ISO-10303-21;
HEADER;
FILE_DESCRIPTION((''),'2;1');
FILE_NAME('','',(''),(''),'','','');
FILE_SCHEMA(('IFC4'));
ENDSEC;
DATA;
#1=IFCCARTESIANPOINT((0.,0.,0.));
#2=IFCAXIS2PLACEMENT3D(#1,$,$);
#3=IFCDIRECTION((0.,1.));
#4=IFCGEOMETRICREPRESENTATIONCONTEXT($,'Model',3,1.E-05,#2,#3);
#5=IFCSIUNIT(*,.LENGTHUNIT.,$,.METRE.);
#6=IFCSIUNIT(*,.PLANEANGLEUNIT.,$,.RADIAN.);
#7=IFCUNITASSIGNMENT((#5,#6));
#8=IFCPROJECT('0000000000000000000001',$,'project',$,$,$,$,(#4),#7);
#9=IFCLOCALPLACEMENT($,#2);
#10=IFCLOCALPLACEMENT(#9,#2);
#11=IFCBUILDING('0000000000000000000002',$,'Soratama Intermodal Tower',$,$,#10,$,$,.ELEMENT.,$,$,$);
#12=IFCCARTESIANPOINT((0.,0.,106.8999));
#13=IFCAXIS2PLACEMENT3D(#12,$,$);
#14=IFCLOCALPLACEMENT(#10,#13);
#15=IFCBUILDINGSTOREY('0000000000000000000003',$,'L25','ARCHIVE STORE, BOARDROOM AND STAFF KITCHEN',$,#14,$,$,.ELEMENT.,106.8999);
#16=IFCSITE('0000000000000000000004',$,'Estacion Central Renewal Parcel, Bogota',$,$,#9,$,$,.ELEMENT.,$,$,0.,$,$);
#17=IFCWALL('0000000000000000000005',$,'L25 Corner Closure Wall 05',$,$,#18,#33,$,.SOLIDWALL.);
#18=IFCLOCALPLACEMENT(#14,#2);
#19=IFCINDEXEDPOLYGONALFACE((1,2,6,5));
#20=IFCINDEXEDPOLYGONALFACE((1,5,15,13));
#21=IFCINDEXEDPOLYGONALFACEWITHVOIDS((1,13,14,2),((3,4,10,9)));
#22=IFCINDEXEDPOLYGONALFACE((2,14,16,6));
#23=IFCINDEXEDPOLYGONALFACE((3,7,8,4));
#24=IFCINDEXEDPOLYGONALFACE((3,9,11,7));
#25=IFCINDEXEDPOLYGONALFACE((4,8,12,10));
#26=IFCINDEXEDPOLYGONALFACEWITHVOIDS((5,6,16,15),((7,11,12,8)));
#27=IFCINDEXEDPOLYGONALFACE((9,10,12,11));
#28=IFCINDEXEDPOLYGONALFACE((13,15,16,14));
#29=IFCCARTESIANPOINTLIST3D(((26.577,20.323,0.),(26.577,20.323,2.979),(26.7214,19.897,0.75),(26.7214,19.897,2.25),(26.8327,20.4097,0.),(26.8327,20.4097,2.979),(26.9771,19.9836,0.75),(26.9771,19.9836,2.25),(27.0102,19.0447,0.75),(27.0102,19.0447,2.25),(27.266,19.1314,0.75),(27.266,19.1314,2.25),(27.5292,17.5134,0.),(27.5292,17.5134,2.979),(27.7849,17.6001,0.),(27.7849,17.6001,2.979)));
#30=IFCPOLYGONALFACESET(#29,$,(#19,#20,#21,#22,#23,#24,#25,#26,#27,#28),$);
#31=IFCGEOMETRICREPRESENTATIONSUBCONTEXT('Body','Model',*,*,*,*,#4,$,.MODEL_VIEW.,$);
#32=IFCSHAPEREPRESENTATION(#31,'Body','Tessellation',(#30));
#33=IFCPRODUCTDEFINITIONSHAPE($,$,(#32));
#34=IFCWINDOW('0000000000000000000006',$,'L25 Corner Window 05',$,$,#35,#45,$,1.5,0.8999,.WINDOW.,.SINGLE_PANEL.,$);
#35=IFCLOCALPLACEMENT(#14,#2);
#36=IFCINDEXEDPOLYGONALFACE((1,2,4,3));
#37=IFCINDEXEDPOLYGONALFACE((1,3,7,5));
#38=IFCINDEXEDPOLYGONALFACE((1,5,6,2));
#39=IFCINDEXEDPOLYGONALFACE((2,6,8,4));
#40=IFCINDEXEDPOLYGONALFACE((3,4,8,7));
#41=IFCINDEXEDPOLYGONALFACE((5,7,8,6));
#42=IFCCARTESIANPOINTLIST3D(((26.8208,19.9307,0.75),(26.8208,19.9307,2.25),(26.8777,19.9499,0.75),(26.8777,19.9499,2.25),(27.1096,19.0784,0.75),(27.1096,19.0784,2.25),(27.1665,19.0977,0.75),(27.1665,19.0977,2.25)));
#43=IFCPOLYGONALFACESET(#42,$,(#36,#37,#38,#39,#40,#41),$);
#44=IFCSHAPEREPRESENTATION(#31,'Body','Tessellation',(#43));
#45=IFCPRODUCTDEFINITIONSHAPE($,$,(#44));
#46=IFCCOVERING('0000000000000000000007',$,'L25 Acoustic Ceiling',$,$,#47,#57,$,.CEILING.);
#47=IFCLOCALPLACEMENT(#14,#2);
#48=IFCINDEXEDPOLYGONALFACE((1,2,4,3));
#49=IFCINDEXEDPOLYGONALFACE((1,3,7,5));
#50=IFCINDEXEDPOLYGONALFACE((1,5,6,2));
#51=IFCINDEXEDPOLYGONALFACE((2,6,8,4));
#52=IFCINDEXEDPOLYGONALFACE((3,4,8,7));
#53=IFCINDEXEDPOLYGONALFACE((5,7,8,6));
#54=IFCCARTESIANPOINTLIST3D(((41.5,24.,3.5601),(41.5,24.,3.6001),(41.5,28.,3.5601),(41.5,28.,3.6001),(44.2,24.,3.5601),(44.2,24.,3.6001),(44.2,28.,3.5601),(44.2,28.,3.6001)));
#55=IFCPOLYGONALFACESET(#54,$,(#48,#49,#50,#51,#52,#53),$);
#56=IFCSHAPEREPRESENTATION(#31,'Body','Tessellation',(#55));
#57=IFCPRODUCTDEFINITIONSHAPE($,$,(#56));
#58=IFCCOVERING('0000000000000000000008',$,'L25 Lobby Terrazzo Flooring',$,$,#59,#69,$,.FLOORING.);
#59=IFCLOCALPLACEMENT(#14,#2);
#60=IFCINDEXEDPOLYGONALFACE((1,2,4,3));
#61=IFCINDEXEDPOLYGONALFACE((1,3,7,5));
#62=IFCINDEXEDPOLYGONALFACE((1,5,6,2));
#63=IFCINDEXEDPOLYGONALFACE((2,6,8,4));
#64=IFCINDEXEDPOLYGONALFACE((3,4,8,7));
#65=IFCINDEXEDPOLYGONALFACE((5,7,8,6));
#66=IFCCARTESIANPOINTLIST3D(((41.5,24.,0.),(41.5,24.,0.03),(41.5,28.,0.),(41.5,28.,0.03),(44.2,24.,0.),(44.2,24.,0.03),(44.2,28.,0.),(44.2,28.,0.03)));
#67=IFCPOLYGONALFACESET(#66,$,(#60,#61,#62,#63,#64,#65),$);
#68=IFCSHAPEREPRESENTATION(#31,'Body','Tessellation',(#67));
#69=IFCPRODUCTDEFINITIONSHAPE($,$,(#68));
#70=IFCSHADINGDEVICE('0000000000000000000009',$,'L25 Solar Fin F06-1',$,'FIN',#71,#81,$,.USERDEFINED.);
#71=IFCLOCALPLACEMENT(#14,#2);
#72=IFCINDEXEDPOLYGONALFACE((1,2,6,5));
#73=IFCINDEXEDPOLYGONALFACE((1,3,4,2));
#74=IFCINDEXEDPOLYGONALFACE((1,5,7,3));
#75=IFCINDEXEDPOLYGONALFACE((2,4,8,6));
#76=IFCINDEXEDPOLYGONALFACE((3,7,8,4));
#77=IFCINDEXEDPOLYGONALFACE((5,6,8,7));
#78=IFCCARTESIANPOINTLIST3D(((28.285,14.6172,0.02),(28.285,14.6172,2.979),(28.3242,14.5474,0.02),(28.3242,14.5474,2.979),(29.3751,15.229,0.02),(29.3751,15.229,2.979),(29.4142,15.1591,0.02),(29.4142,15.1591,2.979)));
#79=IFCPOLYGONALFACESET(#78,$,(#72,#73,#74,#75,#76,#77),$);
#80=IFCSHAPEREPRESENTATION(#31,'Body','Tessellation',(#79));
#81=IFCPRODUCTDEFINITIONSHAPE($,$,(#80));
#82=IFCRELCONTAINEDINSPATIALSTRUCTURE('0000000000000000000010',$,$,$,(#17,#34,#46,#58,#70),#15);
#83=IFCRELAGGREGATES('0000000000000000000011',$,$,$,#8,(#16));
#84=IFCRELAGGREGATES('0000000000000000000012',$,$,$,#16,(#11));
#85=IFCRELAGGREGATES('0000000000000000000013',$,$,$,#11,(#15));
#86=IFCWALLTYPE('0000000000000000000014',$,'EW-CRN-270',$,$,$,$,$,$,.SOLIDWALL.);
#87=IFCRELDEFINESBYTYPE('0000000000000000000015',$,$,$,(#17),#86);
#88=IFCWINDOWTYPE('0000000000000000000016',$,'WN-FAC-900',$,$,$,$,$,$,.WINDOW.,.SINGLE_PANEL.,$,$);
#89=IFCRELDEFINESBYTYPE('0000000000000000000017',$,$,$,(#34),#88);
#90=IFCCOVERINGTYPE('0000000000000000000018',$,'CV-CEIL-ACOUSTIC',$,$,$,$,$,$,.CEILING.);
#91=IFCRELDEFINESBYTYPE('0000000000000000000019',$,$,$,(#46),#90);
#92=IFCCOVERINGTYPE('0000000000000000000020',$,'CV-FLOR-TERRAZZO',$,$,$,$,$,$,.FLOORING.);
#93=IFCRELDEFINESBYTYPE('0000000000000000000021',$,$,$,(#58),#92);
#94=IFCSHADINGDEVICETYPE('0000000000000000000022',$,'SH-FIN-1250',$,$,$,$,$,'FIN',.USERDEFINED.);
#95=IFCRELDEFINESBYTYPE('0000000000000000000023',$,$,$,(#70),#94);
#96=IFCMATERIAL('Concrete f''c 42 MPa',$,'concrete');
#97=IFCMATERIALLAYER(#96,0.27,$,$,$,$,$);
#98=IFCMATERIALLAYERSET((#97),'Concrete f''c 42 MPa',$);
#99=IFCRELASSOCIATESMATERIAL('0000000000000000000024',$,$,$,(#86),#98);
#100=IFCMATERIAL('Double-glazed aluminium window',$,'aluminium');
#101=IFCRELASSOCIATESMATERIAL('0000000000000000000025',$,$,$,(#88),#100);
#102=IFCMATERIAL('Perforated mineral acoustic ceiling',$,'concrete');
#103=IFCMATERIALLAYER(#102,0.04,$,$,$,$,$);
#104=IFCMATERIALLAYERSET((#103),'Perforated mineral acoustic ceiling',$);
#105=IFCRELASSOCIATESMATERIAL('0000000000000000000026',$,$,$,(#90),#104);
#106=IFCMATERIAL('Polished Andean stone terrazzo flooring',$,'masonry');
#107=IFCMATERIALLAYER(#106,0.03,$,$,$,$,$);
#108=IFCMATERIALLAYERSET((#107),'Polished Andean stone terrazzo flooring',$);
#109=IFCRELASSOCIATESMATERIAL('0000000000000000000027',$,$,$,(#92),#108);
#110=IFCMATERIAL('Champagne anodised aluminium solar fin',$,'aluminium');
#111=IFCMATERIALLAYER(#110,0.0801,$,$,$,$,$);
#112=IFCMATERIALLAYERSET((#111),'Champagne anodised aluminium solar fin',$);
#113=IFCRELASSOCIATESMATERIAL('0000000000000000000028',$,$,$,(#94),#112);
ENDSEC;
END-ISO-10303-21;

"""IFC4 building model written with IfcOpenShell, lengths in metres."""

from ifc_helpers import new_model, si_unit, direction, frame, frame_2d, origin, origin_2d, place, context, subcontext, project, spatial, polyline, rectangle, outline, extrude, material, layer, layer_set, type_object, element, fill, save


model = new_model("IFC4")

# Units and contexts
model_context = context("Model", 3, precision=1e-05, world=origin(), true_north=direction((0.0, 1.0)))
body_context = subcontext(model_context, "Body", "Model", "MODEL_VIEW")
ifc_project = project(units=[si_unit("LENGTHUNIT", "METRE"), si_unit("PLANEANGLEUNIT", "RADIAN")], contexts=[model_context])

# Site, building, storey
site_placement = place(None, origin())
site = spatial("IfcSite", under=ifc_project, at=site_placement, Name="Estacion Central Renewal Parcel, Bogota", CompositionType="ELEMENT", RefElevation=0.0)
building_placement = place(site_placement, origin())
building = spatial("IfcBuilding", under=site, at=building_placement, Name="Soratama Intermodal Tower", CompositionType="ELEMENT")
storey_placement = place(building_placement, frame((0.0, 0.0, 106.8999)))
storey = spatial("IfcBuildingStorey", under=building, at=storey_placement, Name="L25", Description="ARCHIVE STORE, BOARDROOM AND STAFF KITCHEN", CompositionType="ELEMENT", Elevation=106.8999)

# Wall, opening, window
ifc_material_1 = material(Name="Concrete f'c 42 MPa", Category="concrete")
ifc_layer_1 = layer(ifc_material_1, 0.27)
ifc_layer_set_1 = layer_set([ifc_layer_1], Name="Concrete f'c 42 MPa")
wall_type = type_object("IfcWallType", Name="EW-CRN-270", PredefinedType="SOLIDWALL", material=ifc_layer_set_1)
wall_placement = place(storey_placement, frame((26.7048, 20.3665, 0.0), z_axis=(0.0, 0.0, 1.0), x_axis=(0.320964, -0.947091, 0.0)))
wall = element("IfcWall", 1, at=wall_placement, inside=storey, type_object=wall_type, Name="L25 Corner Closure Wall 05", PredefinedType="SOLIDWALL", context=body_context, shape_type="SweptSolid", body=[
    extrude(rectangle(XDim=2.9666, YDim=0.27, at=frame_2d((1.4834, 0.0))), origin(), (0.0, 0.0, 1.0), 2.979),
])
opening_placement = place(wall_placement, frame((0.45, 0.0, 0.75)))
opening = element("IfcOpeningElement", 2, at=opening_placement, cuts=wall, PredefinedType="OPENING", context=body_context, shape_type="SweptSolid", body=[
    extrude(rectangle(XDim=0.8999, YDim=1.5, at=frame_2d((0.45, 0.75))), frame((0.0, 0.145, 0.0), z_axis=(0.0, -1.0, 0.0), x_axis=(1.0, 0.0, 0.0)), (0.0, 0.0, 1.0), 0.29),
])
ifc_material_2 = material(Name="Double-glazed aluminium window", Category="aluminium")
window_type = type_object("IfcWindowType", Name="WN-FAC-900", PartitioningType="SINGLE_PANEL", PredefinedType="WINDOW", material=ifc_material_2)
window_placement = place(opening_placement, origin())
window = element("IfcWindow", 3, at=window_placement, inside=storey, type_object=window_type, Name="L25 Corner Window 05", OverallHeight=1.5, OverallWidth=0.8999, PartitioningType="SINGLE_PANEL", PredefinedType="WINDOW", context=body_context, shape_type="SweptSolid", body=[
    extrude(rectangle(XDim=0.8999, YDim=1.5, at=frame_2d((0.45, 0.75))), frame((0.0, 0.03, 0.0), z_axis=(0.0, -1.0, 0.0), x_axis=(1.0, 0.0, 0.0)), (0.0, 0.0, 1.0), 0.0601),
])
fill(opening, window)

# Coverings
ifc_material_3 = material(Name="Perforated mineral acoustic ceiling", Category="concrete")
ifc_layer_2 = layer(ifc_material_3, 0.04)
ifc_layer_set_2 = layer_set([ifc_layer_2], Name="Perforated mineral acoustic ceiling")
covering_type_1 = type_object("IfcCoveringType", Name="CV-CEIL-ACOUSTIC", PredefinedType="CEILING", material=ifc_layer_set_2)
covering_1_placement = place(storey_placement, frame((0.0, 0.0, 3.5601)))
element("IfcCovering", 4, at=covering_1_placement, inside=storey, type_object=covering_type_1, Name="L25 Acoustic Ceiling", PredefinedType="CEILING", context=body_context, shape_type="SweptSolid", body=[
    extrude(outline(polyline([(41.5, 24.0), (44.2, 24.0), (44.2, 28.0), (41.5, 28.0), (41.5, 24.0)])), origin(), (0.0, 0.0, 1.0), 0.04),
])
ifc_material_4 = material(Name="Polished Andean stone terrazzo flooring", Category="masonry")
ifc_layer_3 = layer(ifc_material_4, 0.03)
ifc_layer_set_3 = layer_set([ifc_layer_3], Name="Polished Andean stone terrazzo flooring")
covering_type_2 = type_object("IfcCoveringType", Name="CV-FLOR-TERRAZZO", PredefinedType="FLOORING", material=ifc_layer_set_3)
covering_2_placement = place(storey_placement, origin())
element("IfcCovering", 5, at=covering_2_placement, inside=storey, type_object=covering_type_2, Name="L25 Lobby Terrazzo Flooring", PredefinedType="FLOORING", context=body_context, shape_type="SweptSolid", body=[
    extrude(outline(polyline([(41.5, 24.0), (44.2, 24.0), (44.2, 28.0), (41.5, 28.0), (41.5, 24.0)])), origin(), (0.0, 0.0, 1.0), 0.03),
])

# Shading device
ifc_material_5 = material(Name="Champagne anodised aluminium solar fin", Category="aluminium")
ifc_layer_4 = layer(ifc_material_5, 0.0801)
ifc_layer_set_4 = layer_set([ifc_layer_4], Name="Champagne anodised aluminium solar fin")
shading_device_type = type_object("IfcShadingDeviceType", Name="SH-FIN-1250", ElementType="FIN", PredefinedType="USERDEFINED", material=ifc_layer_set_4)
shading_device_placement = place(storey_placement, frame((28.8496, 14.8882, 0.02), z_axis=(0.0, 0.0, 1.0), x_axis=(-0.872069, -0.489382, 0.0)))
element("IfcShadingDevice", 6, at=shading_device_placement, inside=storey, type_object=shading_device_type, Name="L25 Solar Fin F06-1", ObjectType="FIN", PredefinedType="USERDEFINED", context=body_context, shape_type="SweptSolid", body=[
    extrude(rectangle(XDim=1.25, YDim=0.0801, at=origin_2d()), origin(), (0.0, 0.0, 1.0), 2.959),
])

save(model, "model.ifc")
